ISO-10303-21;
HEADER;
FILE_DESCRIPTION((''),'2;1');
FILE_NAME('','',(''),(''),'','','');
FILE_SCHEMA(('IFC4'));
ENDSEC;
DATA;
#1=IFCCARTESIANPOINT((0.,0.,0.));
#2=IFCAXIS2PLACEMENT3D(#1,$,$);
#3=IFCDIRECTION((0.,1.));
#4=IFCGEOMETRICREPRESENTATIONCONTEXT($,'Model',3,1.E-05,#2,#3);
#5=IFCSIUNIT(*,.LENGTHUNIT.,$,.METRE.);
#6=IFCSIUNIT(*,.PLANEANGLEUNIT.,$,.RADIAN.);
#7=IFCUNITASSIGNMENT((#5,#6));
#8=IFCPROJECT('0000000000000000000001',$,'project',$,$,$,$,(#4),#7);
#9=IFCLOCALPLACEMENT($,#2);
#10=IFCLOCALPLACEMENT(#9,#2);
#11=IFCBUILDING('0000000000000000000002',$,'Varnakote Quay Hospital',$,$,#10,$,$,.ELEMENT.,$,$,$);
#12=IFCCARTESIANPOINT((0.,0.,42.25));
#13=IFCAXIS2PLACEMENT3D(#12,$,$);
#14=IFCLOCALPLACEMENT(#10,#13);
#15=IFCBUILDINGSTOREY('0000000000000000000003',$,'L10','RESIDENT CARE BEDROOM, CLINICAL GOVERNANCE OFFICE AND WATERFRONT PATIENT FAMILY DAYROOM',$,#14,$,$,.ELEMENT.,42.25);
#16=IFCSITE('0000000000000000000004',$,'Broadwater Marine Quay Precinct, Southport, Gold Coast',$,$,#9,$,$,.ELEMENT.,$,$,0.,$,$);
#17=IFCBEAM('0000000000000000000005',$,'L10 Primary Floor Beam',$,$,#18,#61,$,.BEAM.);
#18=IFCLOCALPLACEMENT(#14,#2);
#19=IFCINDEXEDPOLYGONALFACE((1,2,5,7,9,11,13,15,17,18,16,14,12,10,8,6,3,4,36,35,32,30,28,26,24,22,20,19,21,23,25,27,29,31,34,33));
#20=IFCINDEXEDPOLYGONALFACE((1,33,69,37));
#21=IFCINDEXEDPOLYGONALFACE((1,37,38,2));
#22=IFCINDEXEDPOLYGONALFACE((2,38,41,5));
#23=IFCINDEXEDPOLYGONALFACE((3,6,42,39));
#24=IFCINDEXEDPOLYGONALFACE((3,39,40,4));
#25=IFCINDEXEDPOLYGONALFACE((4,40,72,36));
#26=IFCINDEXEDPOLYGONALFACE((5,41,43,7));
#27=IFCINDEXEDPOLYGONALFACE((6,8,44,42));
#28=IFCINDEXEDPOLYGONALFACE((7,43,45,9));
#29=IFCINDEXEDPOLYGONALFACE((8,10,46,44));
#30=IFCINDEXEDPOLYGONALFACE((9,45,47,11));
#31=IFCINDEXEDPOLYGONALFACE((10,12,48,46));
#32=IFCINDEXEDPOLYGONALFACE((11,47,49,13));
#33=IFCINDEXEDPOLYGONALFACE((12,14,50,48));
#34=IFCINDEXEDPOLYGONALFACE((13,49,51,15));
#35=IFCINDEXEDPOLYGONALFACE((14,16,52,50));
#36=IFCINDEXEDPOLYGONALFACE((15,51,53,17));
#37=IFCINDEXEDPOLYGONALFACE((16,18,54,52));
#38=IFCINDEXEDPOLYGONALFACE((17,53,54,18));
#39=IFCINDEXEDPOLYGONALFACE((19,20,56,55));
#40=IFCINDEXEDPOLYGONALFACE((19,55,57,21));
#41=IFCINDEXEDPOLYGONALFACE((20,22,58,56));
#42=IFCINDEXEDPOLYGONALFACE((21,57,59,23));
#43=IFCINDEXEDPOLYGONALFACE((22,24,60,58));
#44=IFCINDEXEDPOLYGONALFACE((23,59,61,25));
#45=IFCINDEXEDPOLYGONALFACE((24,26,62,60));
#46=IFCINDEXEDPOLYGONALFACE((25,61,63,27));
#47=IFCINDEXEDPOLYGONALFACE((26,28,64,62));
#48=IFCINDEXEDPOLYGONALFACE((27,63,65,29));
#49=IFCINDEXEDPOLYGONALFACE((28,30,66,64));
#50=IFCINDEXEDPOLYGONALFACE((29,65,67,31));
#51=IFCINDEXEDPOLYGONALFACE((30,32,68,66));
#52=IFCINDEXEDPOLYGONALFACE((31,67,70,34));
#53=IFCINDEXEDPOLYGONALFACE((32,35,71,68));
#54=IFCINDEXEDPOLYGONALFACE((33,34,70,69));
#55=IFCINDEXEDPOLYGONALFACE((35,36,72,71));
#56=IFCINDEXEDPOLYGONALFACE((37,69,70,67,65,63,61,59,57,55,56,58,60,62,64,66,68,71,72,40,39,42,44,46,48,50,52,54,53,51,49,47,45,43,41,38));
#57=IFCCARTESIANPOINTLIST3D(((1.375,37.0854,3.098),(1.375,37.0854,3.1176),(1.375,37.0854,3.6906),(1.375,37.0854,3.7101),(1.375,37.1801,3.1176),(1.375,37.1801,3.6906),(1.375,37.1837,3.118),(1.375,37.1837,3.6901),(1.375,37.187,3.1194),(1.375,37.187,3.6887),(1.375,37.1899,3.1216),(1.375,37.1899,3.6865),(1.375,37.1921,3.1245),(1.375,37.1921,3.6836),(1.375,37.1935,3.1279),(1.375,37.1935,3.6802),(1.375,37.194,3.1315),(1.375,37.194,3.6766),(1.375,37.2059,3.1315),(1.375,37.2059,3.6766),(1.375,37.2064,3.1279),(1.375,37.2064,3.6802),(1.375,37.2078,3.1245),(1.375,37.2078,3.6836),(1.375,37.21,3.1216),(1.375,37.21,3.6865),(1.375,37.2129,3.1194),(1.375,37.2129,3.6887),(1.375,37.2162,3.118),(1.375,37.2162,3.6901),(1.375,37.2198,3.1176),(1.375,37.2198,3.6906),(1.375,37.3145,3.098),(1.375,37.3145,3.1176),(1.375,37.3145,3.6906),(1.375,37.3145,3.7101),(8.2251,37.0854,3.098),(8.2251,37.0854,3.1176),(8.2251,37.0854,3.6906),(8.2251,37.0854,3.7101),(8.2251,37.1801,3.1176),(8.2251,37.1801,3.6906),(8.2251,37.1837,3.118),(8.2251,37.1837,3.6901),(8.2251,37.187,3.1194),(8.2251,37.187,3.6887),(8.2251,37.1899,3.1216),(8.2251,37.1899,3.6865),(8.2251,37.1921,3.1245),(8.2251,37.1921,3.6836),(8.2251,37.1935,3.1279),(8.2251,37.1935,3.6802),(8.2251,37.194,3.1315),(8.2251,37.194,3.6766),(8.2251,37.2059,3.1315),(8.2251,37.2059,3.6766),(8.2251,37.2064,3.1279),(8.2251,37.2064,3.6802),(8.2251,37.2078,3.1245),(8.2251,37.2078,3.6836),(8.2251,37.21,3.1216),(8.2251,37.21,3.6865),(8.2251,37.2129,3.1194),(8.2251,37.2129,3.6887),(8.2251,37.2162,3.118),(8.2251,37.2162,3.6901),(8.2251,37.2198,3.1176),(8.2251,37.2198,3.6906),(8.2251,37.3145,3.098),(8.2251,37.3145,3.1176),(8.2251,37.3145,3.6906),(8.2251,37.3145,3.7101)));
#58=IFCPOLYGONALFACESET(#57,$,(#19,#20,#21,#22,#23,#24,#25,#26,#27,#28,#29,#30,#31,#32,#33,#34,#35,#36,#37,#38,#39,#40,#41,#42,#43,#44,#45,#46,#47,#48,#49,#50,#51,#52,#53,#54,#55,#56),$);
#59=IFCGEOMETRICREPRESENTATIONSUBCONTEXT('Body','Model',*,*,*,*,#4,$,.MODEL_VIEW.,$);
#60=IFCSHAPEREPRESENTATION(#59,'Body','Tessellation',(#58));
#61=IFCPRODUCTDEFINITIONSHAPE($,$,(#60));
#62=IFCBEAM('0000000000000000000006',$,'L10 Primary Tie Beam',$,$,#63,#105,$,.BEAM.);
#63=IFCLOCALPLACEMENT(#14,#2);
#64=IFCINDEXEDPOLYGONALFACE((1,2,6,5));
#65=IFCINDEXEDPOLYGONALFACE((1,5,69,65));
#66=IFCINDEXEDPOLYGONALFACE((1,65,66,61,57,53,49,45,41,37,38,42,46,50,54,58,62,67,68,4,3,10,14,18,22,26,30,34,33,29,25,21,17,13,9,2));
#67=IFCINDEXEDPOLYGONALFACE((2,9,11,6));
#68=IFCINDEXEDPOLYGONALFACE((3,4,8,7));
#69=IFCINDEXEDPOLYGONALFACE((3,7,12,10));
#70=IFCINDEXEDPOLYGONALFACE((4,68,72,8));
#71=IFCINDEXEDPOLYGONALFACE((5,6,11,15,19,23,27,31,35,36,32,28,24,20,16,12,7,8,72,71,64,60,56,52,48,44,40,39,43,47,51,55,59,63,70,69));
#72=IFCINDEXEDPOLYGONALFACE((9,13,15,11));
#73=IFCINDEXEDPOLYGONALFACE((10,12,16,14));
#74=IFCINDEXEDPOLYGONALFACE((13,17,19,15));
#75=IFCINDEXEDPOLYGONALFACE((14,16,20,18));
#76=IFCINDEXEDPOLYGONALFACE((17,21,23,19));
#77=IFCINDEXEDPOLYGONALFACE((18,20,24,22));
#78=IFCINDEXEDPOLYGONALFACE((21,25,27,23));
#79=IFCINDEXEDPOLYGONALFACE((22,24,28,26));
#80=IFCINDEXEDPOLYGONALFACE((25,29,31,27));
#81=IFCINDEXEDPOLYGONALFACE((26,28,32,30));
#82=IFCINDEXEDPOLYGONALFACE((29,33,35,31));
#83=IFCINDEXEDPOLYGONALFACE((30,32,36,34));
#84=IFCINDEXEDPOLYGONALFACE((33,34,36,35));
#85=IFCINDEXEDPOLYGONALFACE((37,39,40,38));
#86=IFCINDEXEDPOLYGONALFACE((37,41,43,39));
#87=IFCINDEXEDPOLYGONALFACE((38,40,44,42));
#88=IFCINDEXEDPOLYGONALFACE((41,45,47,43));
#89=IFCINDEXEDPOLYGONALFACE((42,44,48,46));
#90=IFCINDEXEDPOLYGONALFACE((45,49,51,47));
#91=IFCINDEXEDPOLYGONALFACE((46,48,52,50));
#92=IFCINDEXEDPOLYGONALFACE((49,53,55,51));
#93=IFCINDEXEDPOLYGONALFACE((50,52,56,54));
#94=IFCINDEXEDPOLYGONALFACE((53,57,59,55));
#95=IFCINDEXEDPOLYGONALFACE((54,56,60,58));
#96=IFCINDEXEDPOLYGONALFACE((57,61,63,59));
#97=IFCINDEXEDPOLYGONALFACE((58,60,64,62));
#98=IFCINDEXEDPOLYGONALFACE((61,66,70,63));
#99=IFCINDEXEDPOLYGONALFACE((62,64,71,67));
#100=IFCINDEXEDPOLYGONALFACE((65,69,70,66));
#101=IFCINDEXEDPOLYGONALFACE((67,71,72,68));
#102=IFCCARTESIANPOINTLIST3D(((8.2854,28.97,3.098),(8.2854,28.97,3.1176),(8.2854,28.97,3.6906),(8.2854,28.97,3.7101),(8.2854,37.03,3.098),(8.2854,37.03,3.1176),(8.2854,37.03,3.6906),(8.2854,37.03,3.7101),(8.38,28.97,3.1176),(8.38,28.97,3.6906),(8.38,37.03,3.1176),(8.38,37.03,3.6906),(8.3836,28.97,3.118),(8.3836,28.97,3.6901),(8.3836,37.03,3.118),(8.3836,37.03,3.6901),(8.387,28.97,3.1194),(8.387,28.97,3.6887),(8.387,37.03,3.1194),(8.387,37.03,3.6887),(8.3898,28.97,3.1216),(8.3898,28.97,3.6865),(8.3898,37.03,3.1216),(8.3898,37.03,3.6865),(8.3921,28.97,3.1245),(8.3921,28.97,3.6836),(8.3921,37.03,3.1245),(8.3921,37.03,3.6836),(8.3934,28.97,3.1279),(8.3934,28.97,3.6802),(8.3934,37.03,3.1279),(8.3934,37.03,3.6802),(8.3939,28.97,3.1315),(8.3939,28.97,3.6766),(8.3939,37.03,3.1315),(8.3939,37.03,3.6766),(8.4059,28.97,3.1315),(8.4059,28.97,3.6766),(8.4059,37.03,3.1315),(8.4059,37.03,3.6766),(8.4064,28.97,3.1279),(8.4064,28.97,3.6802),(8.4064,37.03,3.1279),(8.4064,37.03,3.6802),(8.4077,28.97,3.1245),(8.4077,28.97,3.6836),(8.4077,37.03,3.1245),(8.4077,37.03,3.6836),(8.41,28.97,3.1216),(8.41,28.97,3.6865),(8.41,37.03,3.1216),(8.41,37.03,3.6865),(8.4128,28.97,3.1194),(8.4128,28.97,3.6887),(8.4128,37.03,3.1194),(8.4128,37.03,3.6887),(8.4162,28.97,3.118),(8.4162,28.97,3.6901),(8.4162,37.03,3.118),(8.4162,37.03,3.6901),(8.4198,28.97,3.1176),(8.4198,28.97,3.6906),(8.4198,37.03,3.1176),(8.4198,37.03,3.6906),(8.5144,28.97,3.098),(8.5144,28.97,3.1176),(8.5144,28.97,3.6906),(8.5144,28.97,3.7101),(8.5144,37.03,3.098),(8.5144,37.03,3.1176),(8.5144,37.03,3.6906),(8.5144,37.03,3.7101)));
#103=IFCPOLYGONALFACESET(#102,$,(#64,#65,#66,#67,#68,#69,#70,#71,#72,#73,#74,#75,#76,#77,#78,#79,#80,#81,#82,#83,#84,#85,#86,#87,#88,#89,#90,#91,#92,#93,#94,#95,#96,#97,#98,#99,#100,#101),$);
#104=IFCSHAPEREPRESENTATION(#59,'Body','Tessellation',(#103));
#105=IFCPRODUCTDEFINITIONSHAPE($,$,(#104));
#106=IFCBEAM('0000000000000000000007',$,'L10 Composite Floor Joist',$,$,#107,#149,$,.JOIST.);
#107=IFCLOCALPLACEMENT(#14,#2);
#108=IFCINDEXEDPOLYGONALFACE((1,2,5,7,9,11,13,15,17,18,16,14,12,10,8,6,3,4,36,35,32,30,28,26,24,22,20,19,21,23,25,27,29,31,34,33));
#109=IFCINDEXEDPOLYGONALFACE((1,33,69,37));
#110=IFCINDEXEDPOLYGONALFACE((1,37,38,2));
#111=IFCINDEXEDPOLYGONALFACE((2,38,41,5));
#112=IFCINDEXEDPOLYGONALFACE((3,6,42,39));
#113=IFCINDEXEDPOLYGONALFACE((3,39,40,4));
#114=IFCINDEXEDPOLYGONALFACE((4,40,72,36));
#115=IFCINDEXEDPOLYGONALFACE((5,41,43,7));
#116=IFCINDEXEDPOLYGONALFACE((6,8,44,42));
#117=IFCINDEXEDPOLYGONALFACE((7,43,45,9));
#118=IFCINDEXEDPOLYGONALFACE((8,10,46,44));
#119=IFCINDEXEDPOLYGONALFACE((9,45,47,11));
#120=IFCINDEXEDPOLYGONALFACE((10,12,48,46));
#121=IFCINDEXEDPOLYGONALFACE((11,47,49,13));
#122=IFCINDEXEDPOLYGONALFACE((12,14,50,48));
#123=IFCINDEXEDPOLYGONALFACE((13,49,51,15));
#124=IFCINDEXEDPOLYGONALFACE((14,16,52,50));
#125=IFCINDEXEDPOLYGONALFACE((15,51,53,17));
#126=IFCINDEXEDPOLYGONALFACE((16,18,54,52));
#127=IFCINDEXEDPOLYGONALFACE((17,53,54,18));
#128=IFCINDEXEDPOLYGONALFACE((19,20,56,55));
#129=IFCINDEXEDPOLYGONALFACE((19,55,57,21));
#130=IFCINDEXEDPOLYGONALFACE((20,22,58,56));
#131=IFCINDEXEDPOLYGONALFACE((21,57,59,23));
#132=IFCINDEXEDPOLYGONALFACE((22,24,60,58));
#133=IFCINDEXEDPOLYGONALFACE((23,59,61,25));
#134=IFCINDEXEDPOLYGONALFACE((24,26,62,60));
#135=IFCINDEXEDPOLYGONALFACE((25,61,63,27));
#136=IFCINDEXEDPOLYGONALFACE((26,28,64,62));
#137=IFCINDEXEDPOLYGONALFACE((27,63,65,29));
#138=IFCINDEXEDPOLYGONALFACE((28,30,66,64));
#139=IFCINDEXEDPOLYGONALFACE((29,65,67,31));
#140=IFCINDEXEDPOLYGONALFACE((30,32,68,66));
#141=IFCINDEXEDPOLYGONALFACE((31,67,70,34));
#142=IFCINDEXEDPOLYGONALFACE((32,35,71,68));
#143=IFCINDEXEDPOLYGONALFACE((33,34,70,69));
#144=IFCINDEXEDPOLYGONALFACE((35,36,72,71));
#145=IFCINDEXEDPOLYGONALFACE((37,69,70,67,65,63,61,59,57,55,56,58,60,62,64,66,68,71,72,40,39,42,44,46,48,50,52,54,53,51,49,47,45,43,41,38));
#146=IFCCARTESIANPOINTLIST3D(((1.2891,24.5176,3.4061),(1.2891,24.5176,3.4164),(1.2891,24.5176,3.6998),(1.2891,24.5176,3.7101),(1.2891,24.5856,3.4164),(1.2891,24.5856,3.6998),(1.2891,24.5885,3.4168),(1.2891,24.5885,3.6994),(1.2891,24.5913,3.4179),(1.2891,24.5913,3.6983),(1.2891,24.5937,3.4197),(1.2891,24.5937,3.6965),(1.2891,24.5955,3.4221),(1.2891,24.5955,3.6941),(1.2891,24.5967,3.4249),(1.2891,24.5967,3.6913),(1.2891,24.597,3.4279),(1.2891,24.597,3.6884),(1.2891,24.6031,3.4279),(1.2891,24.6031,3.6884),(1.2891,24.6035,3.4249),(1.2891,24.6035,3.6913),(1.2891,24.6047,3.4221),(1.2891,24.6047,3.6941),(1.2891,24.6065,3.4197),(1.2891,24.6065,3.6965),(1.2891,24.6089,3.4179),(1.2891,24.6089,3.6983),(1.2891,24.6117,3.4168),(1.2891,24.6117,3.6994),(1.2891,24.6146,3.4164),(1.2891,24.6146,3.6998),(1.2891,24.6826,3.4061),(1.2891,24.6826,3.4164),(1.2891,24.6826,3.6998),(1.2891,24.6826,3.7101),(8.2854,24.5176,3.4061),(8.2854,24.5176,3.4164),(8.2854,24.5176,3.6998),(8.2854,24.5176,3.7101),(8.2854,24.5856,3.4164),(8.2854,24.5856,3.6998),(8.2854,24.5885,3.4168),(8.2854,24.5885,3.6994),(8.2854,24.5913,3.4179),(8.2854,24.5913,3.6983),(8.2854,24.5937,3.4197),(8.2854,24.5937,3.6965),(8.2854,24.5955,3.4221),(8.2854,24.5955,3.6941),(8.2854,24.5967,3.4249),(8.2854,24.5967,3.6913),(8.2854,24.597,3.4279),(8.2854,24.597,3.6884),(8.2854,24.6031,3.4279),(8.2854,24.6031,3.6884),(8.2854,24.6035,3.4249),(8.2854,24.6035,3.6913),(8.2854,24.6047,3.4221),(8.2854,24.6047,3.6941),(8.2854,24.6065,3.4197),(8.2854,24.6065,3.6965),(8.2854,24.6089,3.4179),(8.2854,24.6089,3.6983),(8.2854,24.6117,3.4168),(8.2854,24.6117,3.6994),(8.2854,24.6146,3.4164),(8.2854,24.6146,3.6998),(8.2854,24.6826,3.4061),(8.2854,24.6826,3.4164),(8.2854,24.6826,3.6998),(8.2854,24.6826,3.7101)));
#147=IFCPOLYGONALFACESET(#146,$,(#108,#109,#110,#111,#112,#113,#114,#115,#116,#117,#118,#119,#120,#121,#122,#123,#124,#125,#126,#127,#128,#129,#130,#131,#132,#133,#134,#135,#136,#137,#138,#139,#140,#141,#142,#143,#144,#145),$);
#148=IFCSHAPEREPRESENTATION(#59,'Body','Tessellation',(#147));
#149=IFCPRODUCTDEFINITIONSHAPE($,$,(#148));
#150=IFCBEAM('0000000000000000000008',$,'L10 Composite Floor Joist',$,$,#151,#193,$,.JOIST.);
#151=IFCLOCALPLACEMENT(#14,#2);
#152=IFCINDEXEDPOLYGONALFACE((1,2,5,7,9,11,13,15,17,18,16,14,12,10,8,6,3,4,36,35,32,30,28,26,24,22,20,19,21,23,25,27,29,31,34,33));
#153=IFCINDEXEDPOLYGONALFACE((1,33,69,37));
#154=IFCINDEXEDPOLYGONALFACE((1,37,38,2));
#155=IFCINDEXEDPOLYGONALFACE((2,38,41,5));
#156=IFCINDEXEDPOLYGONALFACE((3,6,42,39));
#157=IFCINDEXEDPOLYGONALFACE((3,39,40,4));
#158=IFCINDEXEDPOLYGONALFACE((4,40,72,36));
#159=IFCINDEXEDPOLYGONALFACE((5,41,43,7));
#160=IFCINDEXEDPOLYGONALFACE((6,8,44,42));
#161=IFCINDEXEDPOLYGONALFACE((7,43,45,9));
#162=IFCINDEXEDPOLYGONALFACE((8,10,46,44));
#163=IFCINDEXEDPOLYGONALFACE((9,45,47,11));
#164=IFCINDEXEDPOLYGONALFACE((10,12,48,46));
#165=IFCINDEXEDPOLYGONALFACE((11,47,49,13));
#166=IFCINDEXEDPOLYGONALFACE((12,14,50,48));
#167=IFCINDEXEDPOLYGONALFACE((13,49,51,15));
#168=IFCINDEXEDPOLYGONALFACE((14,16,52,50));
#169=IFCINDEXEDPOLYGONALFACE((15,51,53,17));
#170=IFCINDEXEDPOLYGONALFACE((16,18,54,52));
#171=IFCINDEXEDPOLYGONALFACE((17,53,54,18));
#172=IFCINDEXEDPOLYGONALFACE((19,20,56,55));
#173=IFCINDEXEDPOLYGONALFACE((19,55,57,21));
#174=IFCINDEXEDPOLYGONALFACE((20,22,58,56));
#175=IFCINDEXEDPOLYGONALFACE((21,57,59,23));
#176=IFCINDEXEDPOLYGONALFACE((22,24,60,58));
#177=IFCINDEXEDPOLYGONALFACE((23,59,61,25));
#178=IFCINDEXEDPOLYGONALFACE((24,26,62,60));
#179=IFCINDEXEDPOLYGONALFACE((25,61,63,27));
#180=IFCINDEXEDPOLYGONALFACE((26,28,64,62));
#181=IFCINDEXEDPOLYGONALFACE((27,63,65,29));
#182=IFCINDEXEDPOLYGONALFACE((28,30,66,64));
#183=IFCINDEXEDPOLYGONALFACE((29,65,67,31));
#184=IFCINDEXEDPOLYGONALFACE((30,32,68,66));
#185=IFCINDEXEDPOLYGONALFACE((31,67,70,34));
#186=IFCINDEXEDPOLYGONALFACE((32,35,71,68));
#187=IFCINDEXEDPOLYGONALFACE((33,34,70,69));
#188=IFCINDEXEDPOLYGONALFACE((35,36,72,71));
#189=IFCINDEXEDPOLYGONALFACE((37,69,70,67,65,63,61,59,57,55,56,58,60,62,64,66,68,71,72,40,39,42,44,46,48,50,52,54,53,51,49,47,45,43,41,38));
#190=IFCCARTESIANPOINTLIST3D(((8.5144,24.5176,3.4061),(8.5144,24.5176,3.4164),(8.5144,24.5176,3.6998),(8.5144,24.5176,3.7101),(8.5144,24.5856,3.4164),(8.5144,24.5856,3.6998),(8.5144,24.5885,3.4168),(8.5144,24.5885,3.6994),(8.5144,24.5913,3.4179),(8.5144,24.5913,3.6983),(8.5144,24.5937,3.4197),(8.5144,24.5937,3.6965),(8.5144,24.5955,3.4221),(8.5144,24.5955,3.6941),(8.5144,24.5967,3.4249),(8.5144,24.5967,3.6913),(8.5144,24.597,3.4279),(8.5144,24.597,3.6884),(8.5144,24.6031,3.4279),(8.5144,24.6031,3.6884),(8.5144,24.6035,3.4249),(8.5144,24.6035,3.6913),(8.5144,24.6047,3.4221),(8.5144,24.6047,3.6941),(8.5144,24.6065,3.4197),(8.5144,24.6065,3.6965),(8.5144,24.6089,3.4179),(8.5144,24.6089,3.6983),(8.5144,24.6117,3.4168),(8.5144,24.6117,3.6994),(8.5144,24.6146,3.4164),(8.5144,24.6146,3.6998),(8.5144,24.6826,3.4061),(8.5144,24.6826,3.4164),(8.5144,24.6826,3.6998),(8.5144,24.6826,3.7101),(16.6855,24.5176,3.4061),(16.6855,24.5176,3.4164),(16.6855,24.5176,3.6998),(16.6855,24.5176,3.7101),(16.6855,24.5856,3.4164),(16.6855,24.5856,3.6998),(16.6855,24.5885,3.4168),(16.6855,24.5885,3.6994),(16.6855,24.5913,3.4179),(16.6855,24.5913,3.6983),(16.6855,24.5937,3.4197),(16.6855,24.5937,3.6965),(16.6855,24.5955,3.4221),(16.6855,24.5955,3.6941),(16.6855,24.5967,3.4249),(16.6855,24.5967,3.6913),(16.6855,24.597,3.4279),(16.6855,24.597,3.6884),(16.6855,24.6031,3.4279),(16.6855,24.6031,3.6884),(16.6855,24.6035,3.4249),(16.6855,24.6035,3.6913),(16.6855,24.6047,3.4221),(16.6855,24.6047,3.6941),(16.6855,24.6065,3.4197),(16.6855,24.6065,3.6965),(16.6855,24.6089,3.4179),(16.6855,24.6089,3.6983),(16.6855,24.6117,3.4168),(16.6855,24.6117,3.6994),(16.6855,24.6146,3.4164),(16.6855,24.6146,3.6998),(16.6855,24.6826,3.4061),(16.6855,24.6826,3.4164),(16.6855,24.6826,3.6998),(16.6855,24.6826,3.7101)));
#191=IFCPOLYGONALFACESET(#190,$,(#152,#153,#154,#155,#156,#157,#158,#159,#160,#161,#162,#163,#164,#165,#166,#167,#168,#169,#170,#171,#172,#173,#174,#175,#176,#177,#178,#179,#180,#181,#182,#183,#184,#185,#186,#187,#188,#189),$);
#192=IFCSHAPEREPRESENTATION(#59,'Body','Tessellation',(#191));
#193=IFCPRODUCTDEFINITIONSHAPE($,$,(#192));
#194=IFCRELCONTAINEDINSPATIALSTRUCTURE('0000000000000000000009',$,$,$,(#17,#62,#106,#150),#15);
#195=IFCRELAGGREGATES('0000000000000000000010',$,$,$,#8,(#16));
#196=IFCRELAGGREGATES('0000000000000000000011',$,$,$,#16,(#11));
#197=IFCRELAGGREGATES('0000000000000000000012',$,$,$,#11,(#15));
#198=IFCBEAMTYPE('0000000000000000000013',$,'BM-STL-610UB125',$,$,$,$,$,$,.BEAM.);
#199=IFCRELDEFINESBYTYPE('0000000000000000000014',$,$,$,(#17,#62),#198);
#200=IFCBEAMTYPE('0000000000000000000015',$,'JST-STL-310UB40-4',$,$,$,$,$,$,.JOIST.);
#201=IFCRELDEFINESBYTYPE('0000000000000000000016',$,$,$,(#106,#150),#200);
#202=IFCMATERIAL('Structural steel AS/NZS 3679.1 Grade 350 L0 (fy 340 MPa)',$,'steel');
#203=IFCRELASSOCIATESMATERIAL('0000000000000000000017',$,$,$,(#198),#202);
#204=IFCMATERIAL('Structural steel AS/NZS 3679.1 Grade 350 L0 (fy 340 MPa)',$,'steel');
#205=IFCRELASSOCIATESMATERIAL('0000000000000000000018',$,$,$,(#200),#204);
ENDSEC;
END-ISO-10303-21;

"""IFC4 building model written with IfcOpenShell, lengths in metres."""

from ifc_helpers import new_model, si_unit, direction, frame, origin, origin_2d, place, context, subcontext, project, spatial, i_section, extrude, material, material_profile, profile_set, type_object, element, save


model = new_model("IFC4")

# Units and contexts
model_context = context("Model", 3, precision=1e-05, world=origin(), true_north=direction((0.0, 1.0)))
body_context = subcontext(model_context, "Body", "Model", "MODEL_VIEW")
ifc_project = project(units=[si_unit("LENGTHUNIT", "METRE"), si_unit("PLANEANGLEUNIT", "RADIAN")], contexts=[model_context])

# Site, building, storey
site_placement = place(None, origin())
site = spatial("IfcSite", under=ifc_project, at=site_placement, Name="Broadwater Marine Quay Precinct, Southport, Gold Coast", CompositionType="ELEMENT", RefElevation=0.0)
building_placement = place(site_placement, origin())
building = spatial("IfcBuilding", under=site, at=building_placement, Name="Varnakote Quay Hospital", CompositionType="ELEMENT")
storey_placement = place(building_placement, frame((0.0, 0.0, 42.25)))
storey = spatial("IfcBuildingStorey", under=building, at=storey_placement, Name="L10", Description="RESIDENT CARE BEDROOM, CLINICAL GOVERNANCE OFFICE AND WATERFRONT PATIENT FAMILY DAYROOM", CompositionType="ELEMENT", Elevation=42.25)

# Beams
ifc_material_1 = material(Name="Structural steel AS/NZS 3679.1 Grade 350 L0 (fy 340 MPa)", Category="steel")
ifc_material_profile_1 = material_profile(ifc_material_1, i_section(OverallWidth=0.229, OverallDepth=0.6121, WebThickness=0.012, FlangeThickness=0.0195, FilletRadius=0.0139, at=origin_2d()), Name="610UB125")
ifc_profile_set_1 = profile_set([ifc_material_profile_1], Name="Structural steel AS/NZS 3679.1 Grade 350 L0 (fy 340 MPa)")
beam_type_1 = type_object("IfcBeamType", Name="BM-STL-610UB125", PredefinedType="BEAM", material=ifc_profile_set_1)
beam_1_placement = place(storey_placement, frame((1.375, 37.2, 3.4041), z_axis=(1.0, 0.0, 0.0), x_axis=(0.0, 1.0, 0.0)))
element("IfcBeam", 1, at=beam_1_placement, inside=storey, type_object=beam_type_1, Name="L10 Primary Floor Beam", PredefinedType="BEAM", context=body_context, shape_type="SweptSolid", body=[
    extrude(i_section(OverallWidth=0.229, OverallDepth=0.6121, WebThickness=0.012, FlangeThickness=0.0195, FilletRadius=0.0139, at=origin_2d()), origin(), (0.0, 0.0, 1.0), 6.8501),
])
beam_2_placement = place(storey_placement, frame((8.3999, 28.97, 3.4041), z_axis=(0.0, 1.0, 0.0), x_axis=(-1.0, 0.0, 0.0)))
element("IfcBeam", 2, at=beam_2_placement, inside=storey, type_object=beam_type_1, Name="L10 Primary Tie Beam", PredefinedType="BEAM", context=body_context, shape_type="SweptSolid", body=[
    extrude(i_section(OverallWidth=0.229, OverallDepth=0.6121, WebThickness=0.012, FlangeThickness=0.0195, FilletRadius=0.0139, at=origin_2d()), origin(), (0.0, 0.0, 1.0), 8.0601),
])
ifc_material_2 = material(Name="Structural steel AS/NZS 3679.1 Grade 350 L0 (fy 340 MPa)", Category="steel")
ifc_material_profile_2 = material_profile(ifc_material_2, i_section(OverallWidth=0.165, OverallDepth=0.304, WebThickness=0.0061, FlangeThickness=0.0103, FilletRadius=0.0115, at=origin_2d()), Name="310UB40.4")
ifc_profile_set_2 = profile_set([ifc_material_profile_2], Name="Structural steel AS/NZS 3679.1 Grade 350 L0 (fy 340 MPa)")
beam_type_2 = type_object("IfcBeamType", Name="JST-STL-310UB40-4", PredefinedType="JOIST", material=ifc_profile_set_2)
beam_3_placement = place(storey_placement, frame((1.2891, 24.6001, 3.5581), z_axis=(1.0, 0.0, 0.0), x_axis=(0.0, 1.0, 0.0)))
element("IfcBeam", 3, at=beam_3_placement, inside=storey, type_object=beam_type_2, Name="L10 Composite Floor Joist", PredefinedType="JOIST", context=body_context, shape_type="SweptSolid", body=[
    extrude(i_section(OverallWidth=0.165, OverallDepth=0.304, WebThickness=0.0061, FlangeThickness=0.0103, FilletRadius=0.0115, at=origin_2d()), origin(), (0.0, 0.0, 1.0), 6.9963),
])
beam_4_placement = place(storey_placement, frame((8.5144, 24.6001, 3.5581), z_axis=(1.0, 0.0, 0.0), x_axis=(0.0, 1.0, 0.0)))
element("IfcBeam", 4, at=beam_4_placement, inside=storey, type_object=beam_type_2, Name="L10 Composite Floor Joist", PredefinedType="JOIST", context=body_context, shape_type="SweptSolid", body=[
    extrude(i_section(OverallWidth=0.165, OverallDepth=0.304, WebThickness=0.0061, FlangeThickness=0.0103, FilletRadius=0.0115, at=origin_2d()), origin(), (0.0, 0.0, 1.0), 8.1711),
])

save(model, "model.ifc")
